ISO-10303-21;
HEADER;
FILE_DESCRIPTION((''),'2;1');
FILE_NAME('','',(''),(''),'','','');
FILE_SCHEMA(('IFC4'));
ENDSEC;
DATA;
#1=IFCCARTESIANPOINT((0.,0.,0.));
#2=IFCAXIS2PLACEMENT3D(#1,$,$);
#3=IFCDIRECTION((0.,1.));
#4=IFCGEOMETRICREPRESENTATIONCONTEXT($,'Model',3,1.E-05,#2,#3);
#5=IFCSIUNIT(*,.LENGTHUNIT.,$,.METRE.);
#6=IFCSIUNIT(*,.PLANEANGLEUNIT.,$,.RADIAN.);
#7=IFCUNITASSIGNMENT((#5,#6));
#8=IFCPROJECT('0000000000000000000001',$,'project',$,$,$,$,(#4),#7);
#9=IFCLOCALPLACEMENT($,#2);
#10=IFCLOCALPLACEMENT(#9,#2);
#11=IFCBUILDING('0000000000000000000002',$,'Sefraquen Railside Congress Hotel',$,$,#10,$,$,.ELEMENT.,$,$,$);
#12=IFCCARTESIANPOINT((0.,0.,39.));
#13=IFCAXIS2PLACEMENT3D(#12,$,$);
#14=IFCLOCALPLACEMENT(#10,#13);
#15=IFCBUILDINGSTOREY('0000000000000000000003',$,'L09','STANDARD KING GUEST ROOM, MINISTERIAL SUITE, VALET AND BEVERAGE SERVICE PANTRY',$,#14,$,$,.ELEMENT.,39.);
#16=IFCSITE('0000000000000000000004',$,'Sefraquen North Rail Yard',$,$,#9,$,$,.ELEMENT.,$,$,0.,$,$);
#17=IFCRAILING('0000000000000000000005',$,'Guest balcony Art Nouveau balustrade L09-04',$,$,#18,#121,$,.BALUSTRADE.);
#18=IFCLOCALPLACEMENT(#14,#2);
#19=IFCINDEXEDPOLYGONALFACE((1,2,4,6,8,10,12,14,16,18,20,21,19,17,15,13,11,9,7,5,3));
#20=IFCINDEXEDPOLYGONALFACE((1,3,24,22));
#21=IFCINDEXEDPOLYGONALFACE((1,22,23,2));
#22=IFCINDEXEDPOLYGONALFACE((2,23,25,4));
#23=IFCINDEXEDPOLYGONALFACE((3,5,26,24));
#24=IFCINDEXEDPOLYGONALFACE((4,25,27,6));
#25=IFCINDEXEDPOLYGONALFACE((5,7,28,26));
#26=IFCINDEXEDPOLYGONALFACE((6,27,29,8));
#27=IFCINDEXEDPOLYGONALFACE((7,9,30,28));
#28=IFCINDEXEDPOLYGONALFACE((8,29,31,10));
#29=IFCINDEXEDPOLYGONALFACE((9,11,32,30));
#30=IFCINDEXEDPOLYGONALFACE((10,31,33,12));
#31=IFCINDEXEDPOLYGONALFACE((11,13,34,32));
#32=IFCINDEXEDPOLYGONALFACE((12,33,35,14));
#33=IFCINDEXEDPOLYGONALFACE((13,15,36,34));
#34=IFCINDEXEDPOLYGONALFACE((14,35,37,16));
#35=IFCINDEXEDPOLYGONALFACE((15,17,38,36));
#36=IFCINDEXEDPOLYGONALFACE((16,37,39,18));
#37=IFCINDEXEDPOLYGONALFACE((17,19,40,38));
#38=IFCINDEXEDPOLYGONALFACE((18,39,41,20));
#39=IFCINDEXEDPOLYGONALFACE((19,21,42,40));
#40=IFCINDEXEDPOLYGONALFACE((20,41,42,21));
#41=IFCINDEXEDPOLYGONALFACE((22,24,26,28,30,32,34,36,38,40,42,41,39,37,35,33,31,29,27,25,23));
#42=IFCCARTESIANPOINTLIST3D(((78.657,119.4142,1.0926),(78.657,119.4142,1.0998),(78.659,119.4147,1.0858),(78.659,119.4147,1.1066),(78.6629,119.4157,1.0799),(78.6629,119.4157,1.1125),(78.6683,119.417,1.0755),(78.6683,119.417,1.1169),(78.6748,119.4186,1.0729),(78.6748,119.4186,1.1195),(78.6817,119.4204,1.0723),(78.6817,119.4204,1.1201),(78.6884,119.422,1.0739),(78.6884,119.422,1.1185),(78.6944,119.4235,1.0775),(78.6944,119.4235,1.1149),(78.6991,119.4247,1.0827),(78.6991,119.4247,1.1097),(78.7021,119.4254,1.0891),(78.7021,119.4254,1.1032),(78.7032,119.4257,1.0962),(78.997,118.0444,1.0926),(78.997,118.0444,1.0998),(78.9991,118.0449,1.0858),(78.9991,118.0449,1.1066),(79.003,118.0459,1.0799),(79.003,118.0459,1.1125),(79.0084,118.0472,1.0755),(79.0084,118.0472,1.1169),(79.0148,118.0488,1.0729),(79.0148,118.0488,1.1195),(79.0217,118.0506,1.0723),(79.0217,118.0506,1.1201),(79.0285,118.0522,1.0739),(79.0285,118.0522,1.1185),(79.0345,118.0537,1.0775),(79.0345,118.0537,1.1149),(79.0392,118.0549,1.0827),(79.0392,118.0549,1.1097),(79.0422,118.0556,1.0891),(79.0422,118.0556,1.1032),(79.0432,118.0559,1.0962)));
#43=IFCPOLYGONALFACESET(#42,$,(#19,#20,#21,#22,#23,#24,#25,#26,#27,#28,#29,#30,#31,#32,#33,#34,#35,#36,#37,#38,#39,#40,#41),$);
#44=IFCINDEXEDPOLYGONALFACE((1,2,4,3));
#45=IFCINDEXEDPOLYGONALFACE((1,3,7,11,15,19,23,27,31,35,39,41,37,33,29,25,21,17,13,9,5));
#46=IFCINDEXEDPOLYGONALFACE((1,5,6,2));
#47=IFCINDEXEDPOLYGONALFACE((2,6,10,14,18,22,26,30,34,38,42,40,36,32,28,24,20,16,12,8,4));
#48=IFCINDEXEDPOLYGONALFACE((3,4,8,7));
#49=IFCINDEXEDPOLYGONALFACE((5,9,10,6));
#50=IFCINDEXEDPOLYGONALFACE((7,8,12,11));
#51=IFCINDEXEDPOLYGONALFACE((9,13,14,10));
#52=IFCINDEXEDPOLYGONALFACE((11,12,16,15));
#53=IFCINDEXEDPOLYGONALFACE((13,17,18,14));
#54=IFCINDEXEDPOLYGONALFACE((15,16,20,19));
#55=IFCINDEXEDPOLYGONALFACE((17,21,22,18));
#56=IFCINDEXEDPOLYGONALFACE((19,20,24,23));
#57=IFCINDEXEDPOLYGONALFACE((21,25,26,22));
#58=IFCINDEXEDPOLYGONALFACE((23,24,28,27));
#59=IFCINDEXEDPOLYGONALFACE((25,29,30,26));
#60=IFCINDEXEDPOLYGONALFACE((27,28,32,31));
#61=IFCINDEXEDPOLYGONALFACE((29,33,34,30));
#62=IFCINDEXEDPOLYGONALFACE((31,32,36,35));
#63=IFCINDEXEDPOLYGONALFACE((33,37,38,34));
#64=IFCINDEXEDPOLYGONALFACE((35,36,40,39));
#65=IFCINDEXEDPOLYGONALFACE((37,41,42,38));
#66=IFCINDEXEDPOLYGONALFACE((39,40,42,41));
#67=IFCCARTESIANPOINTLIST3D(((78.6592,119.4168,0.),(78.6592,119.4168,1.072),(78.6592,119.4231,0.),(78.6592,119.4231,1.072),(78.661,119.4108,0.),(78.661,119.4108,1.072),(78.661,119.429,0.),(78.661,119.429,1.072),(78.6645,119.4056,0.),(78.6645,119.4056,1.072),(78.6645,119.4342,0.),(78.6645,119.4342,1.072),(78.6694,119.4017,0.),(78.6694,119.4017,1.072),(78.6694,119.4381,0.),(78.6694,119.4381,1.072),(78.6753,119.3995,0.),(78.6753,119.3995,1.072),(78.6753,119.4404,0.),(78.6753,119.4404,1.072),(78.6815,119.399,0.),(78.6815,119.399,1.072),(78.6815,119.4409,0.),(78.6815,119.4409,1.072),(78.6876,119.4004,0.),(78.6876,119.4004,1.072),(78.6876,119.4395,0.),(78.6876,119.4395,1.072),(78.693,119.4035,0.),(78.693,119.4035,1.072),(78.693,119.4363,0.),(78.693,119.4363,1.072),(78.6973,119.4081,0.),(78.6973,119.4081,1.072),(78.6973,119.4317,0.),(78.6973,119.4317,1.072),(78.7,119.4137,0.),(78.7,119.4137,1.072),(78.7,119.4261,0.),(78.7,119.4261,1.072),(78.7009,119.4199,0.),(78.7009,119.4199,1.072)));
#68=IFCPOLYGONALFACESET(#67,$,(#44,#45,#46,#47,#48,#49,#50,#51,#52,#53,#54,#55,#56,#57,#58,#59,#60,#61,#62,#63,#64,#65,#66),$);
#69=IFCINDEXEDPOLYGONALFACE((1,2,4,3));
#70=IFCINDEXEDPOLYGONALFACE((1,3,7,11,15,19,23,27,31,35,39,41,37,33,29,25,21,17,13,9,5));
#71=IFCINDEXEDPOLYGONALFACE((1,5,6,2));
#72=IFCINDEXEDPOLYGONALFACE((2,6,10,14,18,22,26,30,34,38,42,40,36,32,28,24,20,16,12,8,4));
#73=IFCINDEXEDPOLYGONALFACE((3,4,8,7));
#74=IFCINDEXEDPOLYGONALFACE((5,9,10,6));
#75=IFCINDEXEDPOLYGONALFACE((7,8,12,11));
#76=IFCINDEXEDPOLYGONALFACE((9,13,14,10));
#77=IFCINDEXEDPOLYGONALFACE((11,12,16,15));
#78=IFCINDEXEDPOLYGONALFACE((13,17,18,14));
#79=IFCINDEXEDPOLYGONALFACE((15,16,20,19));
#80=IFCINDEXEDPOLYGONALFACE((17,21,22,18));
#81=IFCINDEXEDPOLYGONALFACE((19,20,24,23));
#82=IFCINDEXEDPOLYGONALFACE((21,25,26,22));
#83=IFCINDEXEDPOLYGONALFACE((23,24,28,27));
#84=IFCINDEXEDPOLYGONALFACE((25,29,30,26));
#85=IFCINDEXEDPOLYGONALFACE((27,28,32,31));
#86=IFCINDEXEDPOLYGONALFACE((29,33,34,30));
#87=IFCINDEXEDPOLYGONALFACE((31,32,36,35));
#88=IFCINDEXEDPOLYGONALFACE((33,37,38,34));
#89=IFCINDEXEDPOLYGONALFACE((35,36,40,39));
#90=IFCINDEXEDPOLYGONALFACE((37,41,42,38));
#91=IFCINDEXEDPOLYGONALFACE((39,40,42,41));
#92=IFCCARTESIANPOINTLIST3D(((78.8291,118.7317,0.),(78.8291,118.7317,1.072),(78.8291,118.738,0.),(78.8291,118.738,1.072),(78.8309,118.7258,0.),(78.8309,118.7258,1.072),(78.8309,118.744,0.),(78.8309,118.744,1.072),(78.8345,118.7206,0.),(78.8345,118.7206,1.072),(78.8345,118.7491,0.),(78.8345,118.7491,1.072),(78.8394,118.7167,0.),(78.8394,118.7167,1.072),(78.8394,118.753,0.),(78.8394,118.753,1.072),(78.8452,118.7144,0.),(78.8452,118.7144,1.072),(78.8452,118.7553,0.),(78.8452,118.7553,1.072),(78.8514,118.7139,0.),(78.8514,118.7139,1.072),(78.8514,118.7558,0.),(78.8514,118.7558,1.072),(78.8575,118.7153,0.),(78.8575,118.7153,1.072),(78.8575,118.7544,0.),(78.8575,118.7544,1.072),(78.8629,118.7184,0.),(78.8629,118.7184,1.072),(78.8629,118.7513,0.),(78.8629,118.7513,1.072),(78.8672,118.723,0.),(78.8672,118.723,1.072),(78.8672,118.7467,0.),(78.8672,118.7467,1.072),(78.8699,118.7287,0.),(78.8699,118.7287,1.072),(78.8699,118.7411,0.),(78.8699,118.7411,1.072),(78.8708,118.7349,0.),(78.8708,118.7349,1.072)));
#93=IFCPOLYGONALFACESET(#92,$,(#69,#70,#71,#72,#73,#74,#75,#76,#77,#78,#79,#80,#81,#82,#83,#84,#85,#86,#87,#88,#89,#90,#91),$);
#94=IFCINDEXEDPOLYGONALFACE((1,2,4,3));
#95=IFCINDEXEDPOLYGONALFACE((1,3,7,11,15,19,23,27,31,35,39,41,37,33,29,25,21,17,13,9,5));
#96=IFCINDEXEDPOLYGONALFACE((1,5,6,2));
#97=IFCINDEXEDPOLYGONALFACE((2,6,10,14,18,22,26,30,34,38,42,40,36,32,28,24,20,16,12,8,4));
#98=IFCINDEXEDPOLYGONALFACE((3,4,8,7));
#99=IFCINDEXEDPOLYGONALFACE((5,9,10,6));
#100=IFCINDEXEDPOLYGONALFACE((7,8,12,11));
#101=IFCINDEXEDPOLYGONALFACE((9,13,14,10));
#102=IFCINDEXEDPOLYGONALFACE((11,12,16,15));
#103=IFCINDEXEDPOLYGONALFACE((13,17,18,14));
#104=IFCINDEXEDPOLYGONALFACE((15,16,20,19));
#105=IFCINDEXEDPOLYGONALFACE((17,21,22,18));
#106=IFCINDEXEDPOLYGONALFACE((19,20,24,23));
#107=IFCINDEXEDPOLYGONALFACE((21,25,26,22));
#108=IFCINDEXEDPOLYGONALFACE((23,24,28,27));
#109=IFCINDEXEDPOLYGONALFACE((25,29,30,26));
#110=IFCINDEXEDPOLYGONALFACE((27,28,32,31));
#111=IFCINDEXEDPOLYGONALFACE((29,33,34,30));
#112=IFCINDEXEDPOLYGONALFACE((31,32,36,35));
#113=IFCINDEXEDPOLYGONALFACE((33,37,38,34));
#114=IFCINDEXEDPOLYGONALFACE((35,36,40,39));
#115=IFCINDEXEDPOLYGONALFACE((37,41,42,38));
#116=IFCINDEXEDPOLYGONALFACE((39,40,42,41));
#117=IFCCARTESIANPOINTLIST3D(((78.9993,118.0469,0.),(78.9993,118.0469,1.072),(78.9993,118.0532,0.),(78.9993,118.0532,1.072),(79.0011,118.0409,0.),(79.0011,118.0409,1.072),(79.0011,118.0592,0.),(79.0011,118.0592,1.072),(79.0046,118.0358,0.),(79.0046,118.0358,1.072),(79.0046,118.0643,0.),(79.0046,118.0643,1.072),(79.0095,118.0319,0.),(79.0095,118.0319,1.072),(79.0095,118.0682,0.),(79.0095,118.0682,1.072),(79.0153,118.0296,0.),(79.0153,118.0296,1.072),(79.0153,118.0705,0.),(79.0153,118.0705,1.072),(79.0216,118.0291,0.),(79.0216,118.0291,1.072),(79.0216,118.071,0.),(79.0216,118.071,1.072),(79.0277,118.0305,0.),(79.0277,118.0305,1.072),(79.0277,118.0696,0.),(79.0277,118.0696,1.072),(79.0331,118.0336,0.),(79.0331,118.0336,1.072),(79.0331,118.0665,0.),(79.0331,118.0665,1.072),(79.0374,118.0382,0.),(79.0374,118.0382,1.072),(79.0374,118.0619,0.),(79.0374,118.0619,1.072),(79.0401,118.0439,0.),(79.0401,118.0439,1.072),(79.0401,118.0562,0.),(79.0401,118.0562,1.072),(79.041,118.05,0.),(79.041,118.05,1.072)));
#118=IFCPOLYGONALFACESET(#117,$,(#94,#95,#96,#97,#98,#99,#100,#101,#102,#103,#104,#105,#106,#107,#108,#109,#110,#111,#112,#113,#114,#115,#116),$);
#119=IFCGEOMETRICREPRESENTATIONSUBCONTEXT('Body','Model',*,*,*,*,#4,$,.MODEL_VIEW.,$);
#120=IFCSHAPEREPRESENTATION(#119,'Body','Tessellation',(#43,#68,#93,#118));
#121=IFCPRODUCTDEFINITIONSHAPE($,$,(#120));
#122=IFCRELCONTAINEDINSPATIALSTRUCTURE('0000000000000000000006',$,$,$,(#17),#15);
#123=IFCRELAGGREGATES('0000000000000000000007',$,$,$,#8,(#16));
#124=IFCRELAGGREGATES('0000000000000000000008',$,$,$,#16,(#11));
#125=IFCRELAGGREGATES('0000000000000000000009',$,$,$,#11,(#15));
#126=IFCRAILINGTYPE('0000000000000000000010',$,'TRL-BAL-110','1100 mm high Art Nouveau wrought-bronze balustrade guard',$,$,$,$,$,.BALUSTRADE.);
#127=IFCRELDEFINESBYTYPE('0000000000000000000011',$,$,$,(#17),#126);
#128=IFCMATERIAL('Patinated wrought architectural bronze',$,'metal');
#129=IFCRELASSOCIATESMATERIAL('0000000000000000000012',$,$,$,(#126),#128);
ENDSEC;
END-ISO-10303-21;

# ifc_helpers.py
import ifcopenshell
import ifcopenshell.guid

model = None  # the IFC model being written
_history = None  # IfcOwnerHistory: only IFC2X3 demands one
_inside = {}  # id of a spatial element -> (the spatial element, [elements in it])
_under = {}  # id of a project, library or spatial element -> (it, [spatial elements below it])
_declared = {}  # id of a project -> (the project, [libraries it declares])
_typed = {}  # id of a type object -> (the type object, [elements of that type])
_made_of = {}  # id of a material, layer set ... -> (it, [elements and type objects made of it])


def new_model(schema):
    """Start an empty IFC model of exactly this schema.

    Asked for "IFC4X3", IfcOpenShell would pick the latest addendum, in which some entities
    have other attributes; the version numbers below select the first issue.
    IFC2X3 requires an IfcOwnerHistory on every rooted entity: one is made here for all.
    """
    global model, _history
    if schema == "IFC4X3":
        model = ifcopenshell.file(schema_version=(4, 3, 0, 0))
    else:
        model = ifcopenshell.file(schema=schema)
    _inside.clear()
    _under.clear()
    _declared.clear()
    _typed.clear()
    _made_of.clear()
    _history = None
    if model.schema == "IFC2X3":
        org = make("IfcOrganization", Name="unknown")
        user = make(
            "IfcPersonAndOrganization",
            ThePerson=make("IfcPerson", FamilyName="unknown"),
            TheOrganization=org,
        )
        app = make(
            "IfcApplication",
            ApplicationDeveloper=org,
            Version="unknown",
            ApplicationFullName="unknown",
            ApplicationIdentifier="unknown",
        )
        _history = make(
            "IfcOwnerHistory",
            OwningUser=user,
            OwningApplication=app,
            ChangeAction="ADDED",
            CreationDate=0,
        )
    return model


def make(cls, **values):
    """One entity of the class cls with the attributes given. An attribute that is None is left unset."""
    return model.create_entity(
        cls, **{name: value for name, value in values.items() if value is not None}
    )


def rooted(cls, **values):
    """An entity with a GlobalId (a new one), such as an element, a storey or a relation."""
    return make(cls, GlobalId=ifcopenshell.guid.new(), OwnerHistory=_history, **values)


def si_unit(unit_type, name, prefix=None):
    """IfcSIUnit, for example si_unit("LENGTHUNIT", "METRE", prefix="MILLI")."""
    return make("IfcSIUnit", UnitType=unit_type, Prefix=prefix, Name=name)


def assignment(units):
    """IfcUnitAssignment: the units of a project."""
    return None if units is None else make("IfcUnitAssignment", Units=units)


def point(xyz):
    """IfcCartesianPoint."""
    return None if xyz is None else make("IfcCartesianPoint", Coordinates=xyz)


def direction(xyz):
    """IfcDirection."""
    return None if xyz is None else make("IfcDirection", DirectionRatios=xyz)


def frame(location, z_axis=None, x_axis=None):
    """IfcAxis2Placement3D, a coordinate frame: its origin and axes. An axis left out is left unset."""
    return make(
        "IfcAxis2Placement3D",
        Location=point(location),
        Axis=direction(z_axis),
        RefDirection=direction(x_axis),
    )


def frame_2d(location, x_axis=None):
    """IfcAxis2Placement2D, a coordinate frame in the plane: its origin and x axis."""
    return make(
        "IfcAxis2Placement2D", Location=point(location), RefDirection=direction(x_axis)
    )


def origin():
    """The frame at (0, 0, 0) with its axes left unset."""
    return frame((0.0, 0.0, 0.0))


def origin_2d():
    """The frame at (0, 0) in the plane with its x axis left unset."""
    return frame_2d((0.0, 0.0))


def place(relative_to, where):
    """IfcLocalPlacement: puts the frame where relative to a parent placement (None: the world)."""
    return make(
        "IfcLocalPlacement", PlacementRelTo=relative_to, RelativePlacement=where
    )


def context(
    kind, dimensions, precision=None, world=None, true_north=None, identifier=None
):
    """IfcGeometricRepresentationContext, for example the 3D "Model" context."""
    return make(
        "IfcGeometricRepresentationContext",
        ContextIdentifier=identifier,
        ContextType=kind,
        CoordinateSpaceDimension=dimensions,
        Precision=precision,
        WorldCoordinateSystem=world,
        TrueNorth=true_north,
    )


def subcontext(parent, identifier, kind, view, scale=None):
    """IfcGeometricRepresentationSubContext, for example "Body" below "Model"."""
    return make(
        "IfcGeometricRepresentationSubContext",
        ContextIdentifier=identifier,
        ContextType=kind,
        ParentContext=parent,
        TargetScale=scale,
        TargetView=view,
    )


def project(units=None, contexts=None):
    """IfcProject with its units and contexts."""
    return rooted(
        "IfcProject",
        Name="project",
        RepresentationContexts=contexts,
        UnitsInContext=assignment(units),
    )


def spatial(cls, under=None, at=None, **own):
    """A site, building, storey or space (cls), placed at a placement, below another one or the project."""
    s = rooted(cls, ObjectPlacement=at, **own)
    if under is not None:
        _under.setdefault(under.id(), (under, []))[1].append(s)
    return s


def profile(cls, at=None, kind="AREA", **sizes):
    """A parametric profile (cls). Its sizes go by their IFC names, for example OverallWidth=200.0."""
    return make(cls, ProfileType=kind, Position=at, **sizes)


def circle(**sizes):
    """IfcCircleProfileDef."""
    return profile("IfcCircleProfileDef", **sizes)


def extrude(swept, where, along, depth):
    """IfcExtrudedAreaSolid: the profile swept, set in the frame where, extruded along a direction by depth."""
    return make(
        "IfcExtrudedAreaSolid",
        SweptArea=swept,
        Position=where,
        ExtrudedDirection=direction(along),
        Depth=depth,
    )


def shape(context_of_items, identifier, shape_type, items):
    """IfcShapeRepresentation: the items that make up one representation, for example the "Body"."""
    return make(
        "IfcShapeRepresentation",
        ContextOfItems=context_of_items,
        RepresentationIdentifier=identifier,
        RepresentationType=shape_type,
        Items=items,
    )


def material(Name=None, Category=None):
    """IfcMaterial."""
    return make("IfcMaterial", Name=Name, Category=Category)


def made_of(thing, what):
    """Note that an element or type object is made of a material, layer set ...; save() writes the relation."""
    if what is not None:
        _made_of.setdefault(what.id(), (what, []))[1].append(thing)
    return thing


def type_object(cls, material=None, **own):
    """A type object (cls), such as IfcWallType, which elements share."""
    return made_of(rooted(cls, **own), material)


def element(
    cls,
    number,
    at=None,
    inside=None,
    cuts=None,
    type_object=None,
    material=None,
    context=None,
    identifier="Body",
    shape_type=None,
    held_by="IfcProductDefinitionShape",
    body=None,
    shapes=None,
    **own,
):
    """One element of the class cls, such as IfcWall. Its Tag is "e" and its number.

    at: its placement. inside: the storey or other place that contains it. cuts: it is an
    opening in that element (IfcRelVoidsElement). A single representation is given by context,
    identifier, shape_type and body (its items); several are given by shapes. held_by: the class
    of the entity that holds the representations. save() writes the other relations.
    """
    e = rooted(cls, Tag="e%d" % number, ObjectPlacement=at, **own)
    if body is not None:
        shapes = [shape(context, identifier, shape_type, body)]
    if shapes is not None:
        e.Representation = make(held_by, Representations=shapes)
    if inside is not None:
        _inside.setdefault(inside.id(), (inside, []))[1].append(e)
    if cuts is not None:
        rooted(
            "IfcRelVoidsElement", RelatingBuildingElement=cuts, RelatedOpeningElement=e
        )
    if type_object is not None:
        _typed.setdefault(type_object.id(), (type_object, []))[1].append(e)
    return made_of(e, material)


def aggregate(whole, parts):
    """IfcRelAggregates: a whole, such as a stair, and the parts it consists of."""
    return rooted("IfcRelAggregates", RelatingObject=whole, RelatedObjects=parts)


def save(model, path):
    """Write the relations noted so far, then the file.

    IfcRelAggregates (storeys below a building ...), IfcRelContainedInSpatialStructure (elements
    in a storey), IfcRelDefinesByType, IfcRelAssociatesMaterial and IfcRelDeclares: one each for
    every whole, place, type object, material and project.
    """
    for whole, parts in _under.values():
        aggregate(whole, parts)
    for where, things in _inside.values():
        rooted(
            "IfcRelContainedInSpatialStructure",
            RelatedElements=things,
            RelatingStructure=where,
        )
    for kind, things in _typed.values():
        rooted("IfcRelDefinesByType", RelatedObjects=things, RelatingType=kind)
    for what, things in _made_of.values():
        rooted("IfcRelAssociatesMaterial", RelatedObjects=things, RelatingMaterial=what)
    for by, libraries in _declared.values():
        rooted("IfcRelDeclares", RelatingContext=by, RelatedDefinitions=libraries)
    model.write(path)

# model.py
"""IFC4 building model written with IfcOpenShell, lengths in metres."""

from ifc_helpers import new_model, si_unit, direction, frame, origin, origin_2d, place, context, subcontext, project, spatial, circle, extrude, material, type_object, element, save


model = new_model("IFC4")

# Units and contexts
model_context = context("Model", 3, precision=1e-05, world=origin(), true_north=direction((0.0, 1.0)))
body_context = subcontext(model_context, "Body", "Model", "MODEL_VIEW")
ifc_project = project(units=[si_unit("LENGTHUNIT", "METRE"), si_unit("PLANEANGLEUNIT", "RADIAN")], contexts=[model_context])

# Site, building, storey
site_placement = place(None, origin())
site = spatial("IfcSite", under=ifc_project, at=site_placement, Name="Sefraquen North Rail Yard", CompositionType="ELEMENT", RefElevation=0.0)
building_placement = place(site_placement, origin())
building = spatial("IfcBuilding", under=site, at=building_placement, Name="Sefraquen Railside Congress Hotel", CompositionType="ELEMENT")
storey_placement = place(building_placement, frame((0.0, 0.0, 39.0)))
storey = spatial("IfcBuildingStorey", under=building, at=storey_placement, Name="L09", Description="STANDARD KING GUEST ROOM, MINISTERIAL SUITE, VALET AND BEVERAGE SERVICE PANTRY", CompositionType="ELEMENT", Elevation=39.0)

# Railing
ifc_material_1 = material(Name="Patinated wrought architectural bronze", Category="metal")
railing_type = type_object("IfcRailingType", Name="TRL-BAL-110", Description="1100 mm high Art Nouveau wrought-bronze balustrade guard", PredefinedType="BALUSTRADE", material=ifc_material_1)
railing_1_placement = place(storey_placement, frame((78.6799, 119.4199, 0.0)))
element("IfcRailing", 1, at=railing_1_placement, inside=storey, type_object=railing_type, Name="Guest balcony Art Nouveau balustrade L09-04", PredefinedType="BALUSTRADE", context=body_context, shape_type="SweptSolid", body=[
    extrude(circle(Radius=0.0239, at=origin_2d()), frame((0.0, 0.0, 1.0962), z_axis=(0.240948, -0.970538, 0.0), x_axis=(0.970538, 0.240948, 0.0)), (0.0, 0.0, 1.0), 1.4114),
    extrude(circle(Radius=0.021, at=origin_2d()), origin(), (0.0, 0.0, 1.0), 1.072),
    extrude(circle(Radius=0.021, at=origin_2d()), frame((0.1699, -0.6851, 0.0)), (0.0, 0.0, 1.0), 1.072),
    extrude(circle(Radius=0.021, at=origin_2d()), frame((0.3401, -1.3699, 0.0)), (0.0, 0.0, 1.0), 1.072),
])

save(model, "model.ifc")
